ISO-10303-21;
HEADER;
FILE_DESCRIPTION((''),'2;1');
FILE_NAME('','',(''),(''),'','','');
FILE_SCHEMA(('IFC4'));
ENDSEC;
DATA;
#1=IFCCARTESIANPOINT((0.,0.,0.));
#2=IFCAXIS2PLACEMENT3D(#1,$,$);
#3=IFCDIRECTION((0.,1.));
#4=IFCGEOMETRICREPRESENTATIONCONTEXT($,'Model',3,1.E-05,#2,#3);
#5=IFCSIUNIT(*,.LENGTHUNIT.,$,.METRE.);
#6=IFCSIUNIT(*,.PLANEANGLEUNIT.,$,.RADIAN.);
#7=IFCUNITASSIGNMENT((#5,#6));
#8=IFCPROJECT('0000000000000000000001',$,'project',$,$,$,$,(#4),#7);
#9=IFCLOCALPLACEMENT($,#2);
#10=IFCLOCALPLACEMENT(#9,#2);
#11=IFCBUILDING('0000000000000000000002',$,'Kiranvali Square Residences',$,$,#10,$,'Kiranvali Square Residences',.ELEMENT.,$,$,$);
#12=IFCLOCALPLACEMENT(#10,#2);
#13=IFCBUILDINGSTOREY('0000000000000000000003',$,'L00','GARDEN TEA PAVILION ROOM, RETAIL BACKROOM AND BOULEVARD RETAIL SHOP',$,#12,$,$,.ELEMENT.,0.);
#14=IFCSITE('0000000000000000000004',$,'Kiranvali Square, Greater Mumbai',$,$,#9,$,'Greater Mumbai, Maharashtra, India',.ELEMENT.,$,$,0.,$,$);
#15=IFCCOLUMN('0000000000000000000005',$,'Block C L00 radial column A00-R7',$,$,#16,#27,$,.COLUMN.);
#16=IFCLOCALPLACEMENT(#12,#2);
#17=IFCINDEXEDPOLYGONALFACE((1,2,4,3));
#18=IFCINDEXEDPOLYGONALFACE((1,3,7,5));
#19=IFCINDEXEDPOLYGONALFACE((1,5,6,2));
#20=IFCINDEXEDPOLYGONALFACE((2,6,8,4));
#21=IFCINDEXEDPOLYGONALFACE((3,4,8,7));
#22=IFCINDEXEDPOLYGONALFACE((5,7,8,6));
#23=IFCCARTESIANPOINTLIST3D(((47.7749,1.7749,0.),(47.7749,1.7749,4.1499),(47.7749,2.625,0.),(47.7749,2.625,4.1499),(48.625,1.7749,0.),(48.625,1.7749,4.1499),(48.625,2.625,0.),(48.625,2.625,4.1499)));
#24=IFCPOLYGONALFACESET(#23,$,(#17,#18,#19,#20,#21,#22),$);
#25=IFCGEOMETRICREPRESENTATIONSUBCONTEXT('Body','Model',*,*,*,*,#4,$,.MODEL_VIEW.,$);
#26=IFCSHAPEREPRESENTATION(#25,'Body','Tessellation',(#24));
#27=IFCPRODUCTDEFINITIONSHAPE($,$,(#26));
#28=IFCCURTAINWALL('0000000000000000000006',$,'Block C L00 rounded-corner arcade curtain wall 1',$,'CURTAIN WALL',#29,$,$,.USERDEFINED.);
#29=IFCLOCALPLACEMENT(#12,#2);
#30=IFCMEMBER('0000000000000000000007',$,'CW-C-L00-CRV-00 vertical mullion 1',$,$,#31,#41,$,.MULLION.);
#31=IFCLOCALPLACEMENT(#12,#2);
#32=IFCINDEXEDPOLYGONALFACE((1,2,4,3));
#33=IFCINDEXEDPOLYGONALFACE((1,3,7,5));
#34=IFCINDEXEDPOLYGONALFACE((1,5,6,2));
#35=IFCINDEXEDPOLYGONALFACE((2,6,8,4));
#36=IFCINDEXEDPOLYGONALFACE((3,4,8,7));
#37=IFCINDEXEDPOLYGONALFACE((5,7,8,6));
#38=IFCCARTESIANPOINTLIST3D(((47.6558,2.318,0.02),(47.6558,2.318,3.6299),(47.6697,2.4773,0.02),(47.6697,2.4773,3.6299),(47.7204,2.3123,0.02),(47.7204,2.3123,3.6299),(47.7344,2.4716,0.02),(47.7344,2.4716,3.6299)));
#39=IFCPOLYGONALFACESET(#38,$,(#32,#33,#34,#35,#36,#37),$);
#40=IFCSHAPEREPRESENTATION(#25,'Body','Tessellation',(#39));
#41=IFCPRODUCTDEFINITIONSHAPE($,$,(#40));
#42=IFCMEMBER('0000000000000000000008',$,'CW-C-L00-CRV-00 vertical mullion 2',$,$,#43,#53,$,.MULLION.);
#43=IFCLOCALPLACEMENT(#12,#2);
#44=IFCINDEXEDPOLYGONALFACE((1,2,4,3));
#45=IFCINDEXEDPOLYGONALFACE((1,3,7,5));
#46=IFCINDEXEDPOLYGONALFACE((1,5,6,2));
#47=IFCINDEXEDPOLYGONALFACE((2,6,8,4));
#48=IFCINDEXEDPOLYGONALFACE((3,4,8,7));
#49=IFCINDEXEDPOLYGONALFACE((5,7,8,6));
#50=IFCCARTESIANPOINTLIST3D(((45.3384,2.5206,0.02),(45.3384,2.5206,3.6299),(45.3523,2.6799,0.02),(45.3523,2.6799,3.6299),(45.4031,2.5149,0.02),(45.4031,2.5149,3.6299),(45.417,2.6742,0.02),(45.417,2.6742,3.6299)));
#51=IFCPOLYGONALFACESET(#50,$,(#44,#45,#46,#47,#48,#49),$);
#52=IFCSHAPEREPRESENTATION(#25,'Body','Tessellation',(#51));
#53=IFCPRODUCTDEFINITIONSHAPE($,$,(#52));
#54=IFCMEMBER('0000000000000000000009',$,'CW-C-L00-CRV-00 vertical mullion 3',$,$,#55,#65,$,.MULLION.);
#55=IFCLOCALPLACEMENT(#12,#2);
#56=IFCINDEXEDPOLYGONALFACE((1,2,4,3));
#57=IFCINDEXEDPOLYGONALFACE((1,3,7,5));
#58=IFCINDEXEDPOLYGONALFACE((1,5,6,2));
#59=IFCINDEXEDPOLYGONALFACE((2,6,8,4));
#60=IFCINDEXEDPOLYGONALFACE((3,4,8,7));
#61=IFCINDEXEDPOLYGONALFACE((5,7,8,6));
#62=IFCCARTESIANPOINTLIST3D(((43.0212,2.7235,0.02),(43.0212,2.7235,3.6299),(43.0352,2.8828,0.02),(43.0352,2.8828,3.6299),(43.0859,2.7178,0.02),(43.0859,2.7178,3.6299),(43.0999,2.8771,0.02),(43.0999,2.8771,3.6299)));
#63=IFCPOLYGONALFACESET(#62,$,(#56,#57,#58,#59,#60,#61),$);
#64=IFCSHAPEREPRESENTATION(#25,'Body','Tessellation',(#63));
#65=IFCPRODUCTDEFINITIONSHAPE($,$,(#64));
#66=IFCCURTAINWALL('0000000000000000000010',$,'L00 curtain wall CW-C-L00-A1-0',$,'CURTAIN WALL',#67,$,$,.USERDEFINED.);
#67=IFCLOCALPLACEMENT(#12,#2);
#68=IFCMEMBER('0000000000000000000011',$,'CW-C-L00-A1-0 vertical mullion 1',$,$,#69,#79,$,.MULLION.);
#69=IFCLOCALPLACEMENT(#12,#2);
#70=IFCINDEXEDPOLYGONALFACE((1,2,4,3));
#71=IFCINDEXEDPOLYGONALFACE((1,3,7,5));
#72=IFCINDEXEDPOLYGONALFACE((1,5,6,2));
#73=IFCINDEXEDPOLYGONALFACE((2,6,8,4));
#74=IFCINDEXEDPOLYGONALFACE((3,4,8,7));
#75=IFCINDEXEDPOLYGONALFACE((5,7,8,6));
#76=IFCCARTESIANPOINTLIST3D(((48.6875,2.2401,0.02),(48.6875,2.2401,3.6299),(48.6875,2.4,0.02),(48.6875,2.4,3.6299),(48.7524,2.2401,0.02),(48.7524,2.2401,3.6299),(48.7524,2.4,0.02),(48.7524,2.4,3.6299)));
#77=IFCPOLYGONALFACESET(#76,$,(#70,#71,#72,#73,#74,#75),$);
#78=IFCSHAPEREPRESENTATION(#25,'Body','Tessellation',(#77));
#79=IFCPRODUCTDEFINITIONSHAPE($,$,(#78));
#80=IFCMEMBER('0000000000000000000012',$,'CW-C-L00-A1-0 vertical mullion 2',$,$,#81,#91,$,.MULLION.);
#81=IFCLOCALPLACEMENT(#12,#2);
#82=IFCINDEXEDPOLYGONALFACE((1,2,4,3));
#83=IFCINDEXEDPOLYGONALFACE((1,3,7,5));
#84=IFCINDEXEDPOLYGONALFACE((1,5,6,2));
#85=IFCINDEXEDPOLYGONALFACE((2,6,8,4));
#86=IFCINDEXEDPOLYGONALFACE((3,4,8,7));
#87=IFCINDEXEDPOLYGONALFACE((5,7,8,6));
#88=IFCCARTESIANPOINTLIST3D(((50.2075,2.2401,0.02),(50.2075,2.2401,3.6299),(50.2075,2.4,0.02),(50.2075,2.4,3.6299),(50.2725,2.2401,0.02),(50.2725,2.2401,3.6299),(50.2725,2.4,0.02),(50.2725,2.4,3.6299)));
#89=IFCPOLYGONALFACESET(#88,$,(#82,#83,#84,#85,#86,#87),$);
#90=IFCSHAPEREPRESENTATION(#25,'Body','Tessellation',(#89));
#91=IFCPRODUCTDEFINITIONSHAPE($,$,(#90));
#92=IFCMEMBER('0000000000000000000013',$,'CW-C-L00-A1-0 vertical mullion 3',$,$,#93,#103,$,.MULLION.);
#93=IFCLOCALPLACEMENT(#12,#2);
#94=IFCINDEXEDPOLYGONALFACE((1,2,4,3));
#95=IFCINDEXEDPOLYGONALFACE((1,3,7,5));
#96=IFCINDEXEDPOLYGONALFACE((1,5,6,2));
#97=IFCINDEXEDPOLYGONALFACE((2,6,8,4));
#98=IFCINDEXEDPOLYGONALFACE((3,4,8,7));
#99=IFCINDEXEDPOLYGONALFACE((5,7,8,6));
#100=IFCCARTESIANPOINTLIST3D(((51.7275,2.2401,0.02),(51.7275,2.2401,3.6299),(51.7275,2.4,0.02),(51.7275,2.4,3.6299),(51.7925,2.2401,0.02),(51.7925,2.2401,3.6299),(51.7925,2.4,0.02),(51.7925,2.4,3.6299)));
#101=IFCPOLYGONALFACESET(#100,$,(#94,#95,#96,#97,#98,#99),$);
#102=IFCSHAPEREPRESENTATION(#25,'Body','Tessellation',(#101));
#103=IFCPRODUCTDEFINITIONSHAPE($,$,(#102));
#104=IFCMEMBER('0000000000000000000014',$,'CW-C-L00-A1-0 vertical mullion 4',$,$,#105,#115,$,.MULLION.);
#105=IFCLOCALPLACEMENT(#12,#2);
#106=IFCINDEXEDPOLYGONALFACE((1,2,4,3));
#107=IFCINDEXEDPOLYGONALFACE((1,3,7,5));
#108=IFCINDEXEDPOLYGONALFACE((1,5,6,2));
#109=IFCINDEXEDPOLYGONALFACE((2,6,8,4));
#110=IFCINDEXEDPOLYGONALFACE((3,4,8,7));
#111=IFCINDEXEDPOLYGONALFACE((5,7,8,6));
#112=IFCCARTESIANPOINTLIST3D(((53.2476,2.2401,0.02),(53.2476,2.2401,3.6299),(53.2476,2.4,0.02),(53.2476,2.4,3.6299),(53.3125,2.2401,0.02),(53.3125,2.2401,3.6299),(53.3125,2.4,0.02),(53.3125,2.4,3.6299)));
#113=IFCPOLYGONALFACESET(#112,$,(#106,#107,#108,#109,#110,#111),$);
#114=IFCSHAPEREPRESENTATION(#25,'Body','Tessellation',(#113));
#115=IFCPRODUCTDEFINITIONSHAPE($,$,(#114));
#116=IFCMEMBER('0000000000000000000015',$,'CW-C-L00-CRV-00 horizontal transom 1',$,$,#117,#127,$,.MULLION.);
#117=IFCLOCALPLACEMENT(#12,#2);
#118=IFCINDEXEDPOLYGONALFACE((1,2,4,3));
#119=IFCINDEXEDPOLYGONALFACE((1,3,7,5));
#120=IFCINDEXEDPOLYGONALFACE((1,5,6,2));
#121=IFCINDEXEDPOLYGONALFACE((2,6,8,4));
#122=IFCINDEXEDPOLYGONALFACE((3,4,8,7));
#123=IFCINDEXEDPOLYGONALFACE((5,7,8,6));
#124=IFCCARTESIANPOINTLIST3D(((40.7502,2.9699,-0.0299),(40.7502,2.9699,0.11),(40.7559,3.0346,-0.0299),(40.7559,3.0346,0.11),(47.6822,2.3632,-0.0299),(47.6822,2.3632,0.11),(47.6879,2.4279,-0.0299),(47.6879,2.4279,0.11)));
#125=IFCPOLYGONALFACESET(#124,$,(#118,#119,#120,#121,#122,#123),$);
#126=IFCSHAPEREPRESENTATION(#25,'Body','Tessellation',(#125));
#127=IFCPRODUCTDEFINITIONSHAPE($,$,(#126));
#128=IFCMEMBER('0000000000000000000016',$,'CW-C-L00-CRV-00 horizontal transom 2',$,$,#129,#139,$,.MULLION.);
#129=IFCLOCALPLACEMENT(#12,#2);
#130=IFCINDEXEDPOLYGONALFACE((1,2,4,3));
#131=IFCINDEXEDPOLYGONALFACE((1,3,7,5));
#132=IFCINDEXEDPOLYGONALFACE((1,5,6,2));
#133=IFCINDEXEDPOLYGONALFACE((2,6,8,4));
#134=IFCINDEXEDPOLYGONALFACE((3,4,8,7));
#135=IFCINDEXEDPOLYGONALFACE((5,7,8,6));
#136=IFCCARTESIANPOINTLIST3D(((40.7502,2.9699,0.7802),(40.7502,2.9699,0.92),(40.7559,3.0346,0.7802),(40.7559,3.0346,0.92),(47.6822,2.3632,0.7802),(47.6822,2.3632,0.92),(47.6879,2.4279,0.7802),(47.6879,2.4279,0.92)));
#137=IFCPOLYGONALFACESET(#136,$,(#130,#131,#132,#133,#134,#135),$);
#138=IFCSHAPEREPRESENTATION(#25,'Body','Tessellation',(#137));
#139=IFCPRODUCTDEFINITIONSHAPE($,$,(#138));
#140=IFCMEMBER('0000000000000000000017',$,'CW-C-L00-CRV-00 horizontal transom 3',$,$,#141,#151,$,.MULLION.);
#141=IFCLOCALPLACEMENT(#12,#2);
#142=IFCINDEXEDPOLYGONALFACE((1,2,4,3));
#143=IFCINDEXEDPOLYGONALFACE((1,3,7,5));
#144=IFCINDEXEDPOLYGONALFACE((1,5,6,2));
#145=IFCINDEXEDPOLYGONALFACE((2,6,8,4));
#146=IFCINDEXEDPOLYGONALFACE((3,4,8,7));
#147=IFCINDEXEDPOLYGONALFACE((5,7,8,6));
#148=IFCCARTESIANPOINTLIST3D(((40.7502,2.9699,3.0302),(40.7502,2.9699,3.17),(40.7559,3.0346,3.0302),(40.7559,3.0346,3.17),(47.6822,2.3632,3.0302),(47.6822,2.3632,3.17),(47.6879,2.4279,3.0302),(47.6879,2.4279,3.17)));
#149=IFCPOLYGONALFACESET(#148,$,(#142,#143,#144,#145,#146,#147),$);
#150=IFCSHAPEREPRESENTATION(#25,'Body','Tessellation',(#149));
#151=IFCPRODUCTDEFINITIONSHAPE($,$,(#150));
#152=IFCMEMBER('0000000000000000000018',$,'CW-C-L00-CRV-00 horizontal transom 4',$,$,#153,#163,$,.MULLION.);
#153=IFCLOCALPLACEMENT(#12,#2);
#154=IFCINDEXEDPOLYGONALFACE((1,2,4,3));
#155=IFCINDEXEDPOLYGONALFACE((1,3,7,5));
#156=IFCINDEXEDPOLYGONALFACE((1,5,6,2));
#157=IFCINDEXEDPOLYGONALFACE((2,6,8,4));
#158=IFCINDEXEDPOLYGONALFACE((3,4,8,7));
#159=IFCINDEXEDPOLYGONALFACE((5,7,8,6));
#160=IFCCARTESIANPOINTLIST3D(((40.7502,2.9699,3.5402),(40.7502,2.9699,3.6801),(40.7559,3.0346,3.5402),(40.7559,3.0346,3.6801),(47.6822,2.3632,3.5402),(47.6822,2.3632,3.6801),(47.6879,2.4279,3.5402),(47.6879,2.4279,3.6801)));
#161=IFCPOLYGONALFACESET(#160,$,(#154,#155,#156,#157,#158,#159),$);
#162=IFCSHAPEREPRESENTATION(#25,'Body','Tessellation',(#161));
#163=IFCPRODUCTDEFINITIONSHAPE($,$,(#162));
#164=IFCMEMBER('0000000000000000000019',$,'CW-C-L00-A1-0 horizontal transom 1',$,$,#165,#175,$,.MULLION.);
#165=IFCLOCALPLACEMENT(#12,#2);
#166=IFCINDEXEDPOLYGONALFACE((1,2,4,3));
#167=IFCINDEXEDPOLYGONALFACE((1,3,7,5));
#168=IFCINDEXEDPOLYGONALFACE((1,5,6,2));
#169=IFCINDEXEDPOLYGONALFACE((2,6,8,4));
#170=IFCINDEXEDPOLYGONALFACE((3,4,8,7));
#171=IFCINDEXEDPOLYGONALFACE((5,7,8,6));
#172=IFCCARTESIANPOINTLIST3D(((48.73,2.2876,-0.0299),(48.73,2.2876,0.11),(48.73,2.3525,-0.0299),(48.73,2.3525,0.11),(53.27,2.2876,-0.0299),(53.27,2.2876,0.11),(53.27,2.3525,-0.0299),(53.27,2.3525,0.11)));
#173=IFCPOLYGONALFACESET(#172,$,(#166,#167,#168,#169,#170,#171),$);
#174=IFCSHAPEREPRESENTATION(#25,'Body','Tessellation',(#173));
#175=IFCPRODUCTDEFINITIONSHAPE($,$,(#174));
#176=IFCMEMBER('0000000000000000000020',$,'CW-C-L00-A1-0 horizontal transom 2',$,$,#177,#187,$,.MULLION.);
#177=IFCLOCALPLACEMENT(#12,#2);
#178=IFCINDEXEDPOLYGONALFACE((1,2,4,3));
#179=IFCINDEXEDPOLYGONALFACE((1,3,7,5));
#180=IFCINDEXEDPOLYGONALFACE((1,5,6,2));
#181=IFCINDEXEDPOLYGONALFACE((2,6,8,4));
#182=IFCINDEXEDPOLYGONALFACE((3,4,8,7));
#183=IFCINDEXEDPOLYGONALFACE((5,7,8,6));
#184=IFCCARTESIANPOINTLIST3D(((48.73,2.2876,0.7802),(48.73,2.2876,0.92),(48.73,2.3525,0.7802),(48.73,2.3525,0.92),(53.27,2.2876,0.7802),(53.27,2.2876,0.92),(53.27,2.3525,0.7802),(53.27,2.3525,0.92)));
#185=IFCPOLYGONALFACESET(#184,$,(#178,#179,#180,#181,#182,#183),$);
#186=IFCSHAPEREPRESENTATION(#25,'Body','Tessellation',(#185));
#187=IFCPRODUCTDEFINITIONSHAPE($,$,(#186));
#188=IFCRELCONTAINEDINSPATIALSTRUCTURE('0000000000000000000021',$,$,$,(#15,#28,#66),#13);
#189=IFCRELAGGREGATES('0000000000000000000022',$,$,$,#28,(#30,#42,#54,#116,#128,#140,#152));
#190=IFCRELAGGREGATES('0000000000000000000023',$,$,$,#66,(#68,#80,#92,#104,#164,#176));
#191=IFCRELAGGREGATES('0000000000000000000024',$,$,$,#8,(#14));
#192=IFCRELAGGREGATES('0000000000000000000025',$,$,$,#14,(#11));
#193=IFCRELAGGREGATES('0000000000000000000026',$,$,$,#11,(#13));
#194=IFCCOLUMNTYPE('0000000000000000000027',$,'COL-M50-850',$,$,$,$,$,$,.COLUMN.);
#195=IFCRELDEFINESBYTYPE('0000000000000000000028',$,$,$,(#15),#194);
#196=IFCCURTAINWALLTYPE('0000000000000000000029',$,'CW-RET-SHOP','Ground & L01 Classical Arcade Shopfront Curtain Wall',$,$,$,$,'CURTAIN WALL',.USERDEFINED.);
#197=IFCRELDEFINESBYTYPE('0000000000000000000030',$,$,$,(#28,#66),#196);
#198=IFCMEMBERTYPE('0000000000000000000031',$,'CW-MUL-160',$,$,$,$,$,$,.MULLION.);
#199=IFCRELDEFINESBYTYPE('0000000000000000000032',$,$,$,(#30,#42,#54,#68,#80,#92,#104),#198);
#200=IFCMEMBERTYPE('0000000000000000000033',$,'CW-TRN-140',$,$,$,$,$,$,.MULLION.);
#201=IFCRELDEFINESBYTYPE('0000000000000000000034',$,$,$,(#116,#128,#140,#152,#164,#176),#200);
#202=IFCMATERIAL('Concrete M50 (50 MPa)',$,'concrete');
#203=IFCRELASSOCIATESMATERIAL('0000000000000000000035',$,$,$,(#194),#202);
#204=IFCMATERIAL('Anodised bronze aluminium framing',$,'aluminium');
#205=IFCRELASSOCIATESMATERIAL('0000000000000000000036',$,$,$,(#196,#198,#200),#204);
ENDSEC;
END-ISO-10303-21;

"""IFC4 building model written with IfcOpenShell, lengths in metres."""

from ifc_helpers import new_model, si_unit, direction, frame, origin, origin_2d, place, context, subcontext, project, spatial, rectangle, extrude, material, material_profile, profile_set, type_object, element, aggregate, save


model = new_model("IFC4")

# Units and contexts
model_context = context("Model", 3, precision=1e-05, world=origin(), true_north=direction((0.0, 1.0)))
body_context = subcontext(model_context, "Body", "Model", "MODEL_VIEW")
ifc_project = project(units=[si_unit("LENGTHUNIT", "METRE"), si_unit("PLANEANGLEUNIT", "RADIAN")], contexts=[model_context])

# Site, building, storey
site_placement = place(None, origin())
site = spatial("IfcSite", under=ifc_project, at=site_placement, Name="Kiranvali Square, Greater Mumbai", LongName="Greater Mumbai, Maharashtra, India", CompositionType="ELEMENT", RefElevation=0.0)
building_placement = place(site_placement, origin())
building = spatial("IfcBuilding", under=site, at=building_placement, Name="Kiranvali Square Residences", LongName="Kiranvali Square Residences", CompositionType="ELEMENT")
storey_placement = place(building_placement, origin())
storey = spatial("IfcBuildingStorey", under=building, at=storey_placement, Name="L00", Description="GARDEN TEA PAVILION ROOM, RETAIL BACKROOM AND BOULEVARD RETAIL SHOP", CompositionType="ELEMENT", Elevation=0.0)

# Column
ifc_material_1 = material(Name="Concrete M50 (50 MPa)", Category="concrete")
ifc_material_profile_1 = material_profile(ifc_material_1, rectangle(XDim=0.8501, YDim=0.8501, at=origin_2d()), Name="RC 850x850")
ifc_profile_set_1 = profile_set([ifc_material_profile_1], Name="Concrete M50 (50 MPa)")
column_type = type_object("IfcColumnType", Name="COL-M50-850", PredefinedType="COLUMN", material=ifc_profile_set_1)
column_placement = place(storey_placement, frame((48.2, 2.2, 0.0), z_axis=(0.0, 0.0, 1.0), x_axis=(1.0, 0.0, 0.0)))
element("IfcColumn", 1, at=column_placement, inside=storey, type_object=column_type, Name="Block C L00 radial column A00-R7", PredefinedType="COLUMN", context=body_context, shape_type="SweptSolid", body=[
    extrude(rectangle(XDim=0.8501, YDim=0.8501, at=origin_2d()), origin(), (0.0, 0.0, 1.0), 4.1499),
])

# Curtain walls, members
ifc_material_2 = material(Name="Anodised bronze aluminium framing", Category="aluminium")
curtain_wall_type = type_object("IfcCurtainWallType", Name="CW-RET-SHOP", Description="Ground & L01 Classical Arcade Shopfront Curtain Wall", ElementType="CURTAIN WALL", PredefinedType="USERDEFINED", material=ifc_material_2)
curtain_wall_1_placement = place(storey_placement, origin())
curtain_wall_1 = element("IfcCurtainWall", 2, at=curtain_wall_1_placement, inside=storey, type_object=curtain_wall_type, Name="Block C L00 rounded-corner arcade curtain wall 1", ObjectType="CURTAIN WALL", PredefinedType="USERDEFINED")
ifc_material_profile_2 = material_profile(ifc_material_2, rectangle(XDim=0.0649, YDim=0.1599, at=origin_2d()), Name="ALU 65x160")
ifc_profile_set_2 = profile_set([ifc_material_profile_2], Name="Anodised bronze aluminium framing")
member_type_1 = type_object("IfcMemberType", Name="CW-MUL-160", PredefinedType="MULLION", material=ifc_profile_set_2)
member_1_placement = place(storey_placement, frame((47.6951, 2.3948, 0.02), z_axis=(0.0, 0.0, 1.0), x_axis=(-0.996195, 0.087156, 0.0)))
member_1 = element("IfcMember", 3, at=member_1_placement, type_object=member_type_1, Name="CW-C-L00-CRV-00 vertical mullion 1", PredefinedType="MULLION", context=body_context, shape_type="SweptSolid", body=[
    extrude(rectangle(XDim=0.0649, YDim=0.1599, at=origin_2d()), origin(), (0.0, 0.0, 1.0), 3.6099),
])
member_2_placement = place(storey_placement, frame((45.3777, 2.5974, 0.02), z_axis=(0.0, 0.0, 1.0), x_axis=(-0.996195, 0.087156, 0.0)))
member_2 = element("IfcMember", 4, at=member_2_placement, type_object=member_type_1, Name="CW-C-L00-CRV-00 vertical mullion 2", PredefinedType="MULLION", context=body_context, shape_type="SweptSolid", body=[
    extrude(rectangle(XDim=0.0649, YDim=0.1599, at=origin_2d()), origin(), (0.0, 0.0, 1.0), 3.6099),
])
member_3_placement = place(storey_placement, frame((43.0605, 2.8003, 0.02), z_axis=(0.0, 0.0, 1.0), x_axis=(-0.996195, 0.087156, 0.0)))
member_3 = element("IfcMember", 5, at=member_3_placement, type_object=member_type_1, Name="CW-C-L00-CRV-00 vertical mullion 3", PredefinedType="MULLION", context=body_context, shape_type="SweptSolid", body=[
    extrude(rectangle(XDim=0.0649, YDim=0.1599, at=origin_2d()), origin(), (0.0, 0.0, 1.0), 3.6099),
])
curtain_wall_2_placement = place(storey_placement, origin())
curtain_wall_2 = element("IfcCurtainWall", 6, at=curtain_wall_2_placement, inside=storey, type_object=curtain_wall_type, Name="L00 curtain wall CW-C-L00-A1-0", ObjectType="CURTAIN WALL", PredefinedType="USERDEFINED")
member_4_placement = place(storey_placement, frame((48.72, 2.3201, 0.02), z_axis=(0.0, 0.0, 1.0), x_axis=(1.0, 0.0, 0.0)))
member_4 = element("IfcMember", 7, at=member_4_placement, type_object=member_type_1, Name="CW-C-L00-A1-0 vertical mullion 1", PredefinedType="MULLION", context=body_context, shape_type="SweptSolid", body=[
    extrude(rectangle(XDim=0.0649, YDim=0.1599, at=origin_2d()), origin(), (0.0, 0.0, 1.0), 3.6099),
])
member_5_placement = place(storey_placement, frame((50.24, 2.3201, 0.02), z_axis=(0.0, 0.0, 1.0), x_axis=(1.0, 0.0, 0.0)))
member_5 = element("IfcMember", 8, at=member_5_placement, type_object=member_type_1, Name="CW-C-L00-A1-0 vertical mullion 2", PredefinedType="MULLION", context=body_context, shape_type="SweptSolid", body=[
    extrude(rectangle(XDim=0.0649, YDim=0.1599, at=origin_2d()), origin(), (0.0, 0.0, 1.0), 3.6099),
])
member_6_placement = place(storey_placement, frame((51.76, 2.3201, 0.02), z_axis=(0.0, 0.0, 1.0), x_axis=(1.0, 0.0, 0.0)))
member_6 = element("IfcMember", 9, at=member_6_placement, type_object=member_type_1, Name="CW-C-L00-A1-0 vertical mullion 3", PredefinedType="MULLION", context=body_context, shape_type="SweptSolid", body=[
    extrude(rectangle(XDim=0.0649, YDim=0.1599, at=origin_2d()), origin(), (0.0, 0.0, 1.0), 3.6099),
])
member_7_placement = place(storey_placement, frame((53.28, 2.3201, 0.02), z_axis=(0.0, 0.0, 1.0), x_axis=(1.0, 0.0, 0.0)))
member_7 = element("IfcMember", 10, at=member_7_placement, type_object=member_type_1, Name="CW-C-L00-A1-0 vertical mullion 4", PredefinedType="MULLION", context=body_context, shape_type="SweptSolid", body=[
    extrude(rectangle(XDim=0.0649, YDim=0.1599, at=origin_2d()), origin(), (0.0, 0.0, 1.0), 3.6099),
])

# Members
ifc_material_profile_3 = material_profile(ifc_material_2, rectangle(XDim=0.0649, YDim=0.1399, at=origin_2d()), Name="ALU 65x140")
ifc_profile_set_3 = profile_set([ifc_material_profile_3], Name="Anodised bronze aluminium framing")
member_type_2 = type_object("IfcMemberType", Name="CW-TRN-140", PredefinedType="MULLION", material=ifc_profile_set_3)
member_8_placement = place(storey_placement, frame((47.6851, 2.3955, 0.04), z_axis=(-0.996192, 0.087188, 0.0), x_axis=(-0.087188, -0.996192, 0.0)))
member_8 = element("IfcMember", 11, at=member_8_placement, type_object=member_type_2, Name="CW-C-L00-CRV-00 horizontal transom 1", PredefinedType="MULLION", context=body_context, shape_type="SweptSolid", body=[
    extrude(rectangle(XDim=0.0649, YDim=0.1399, at=origin_2d()), origin(), (0.0, 0.0, 1.0), 6.9585),
])
member_9_placement = place(storey_placement, frame((47.6851, 2.3955, 0.8501), z_axis=(-0.996192, 0.087188, 0.0), x_axis=(-0.087188, -0.996192, 0.0)))
member_9 = element("IfcMember", 12, at=member_9_placement, type_object=member_type_2, Name="CW-C-L00-CRV-00 horizontal transom 2", PredefinedType="MULLION", context=body_context, shape_type="SweptSolid", body=[
    extrude(rectangle(XDim=0.0649, YDim=0.1399, at=origin_2d()), origin(), (0.0, 0.0, 1.0), 6.9585),
])
member_10_placement = place(storey_placement, frame((47.6851, 2.3955, 3.1001), z_axis=(-0.996192, 0.087188, 0.0), x_axis=(-0.087188, -0.996192, 0.0)))
member_10 = element("IfcMember", 13, at=member_10_placement, type_object=member_type_2, Name="CW-C-L00-CRV-00 horizontal transom 3", PredefinedType="MULLION", context=body_context, shape_type="SweptSolid", body=[
    extrude(rectangle(XDim=0.0649, YDim=0.1399, at=origin_2d()), origin(), (0.0, 0.0, 1.0), 6.9585),
])
member_11_placement = place(storey_placement, frame((47.6851, 2.3955, 3.6101), z_axis=(-0.996192, 0.087188, 0.0), x_axis=(-0.087188, -0.996192, 0.0)))
member_11 = element("IfcMember", 14, at=member_11_placement, type_object=member_type_2, Name="CW-C-L00-CRV-00 horizontal transom 4", PredefinedType="MULLION", context=body_context, shape_type="SweptSolid", body=[
    extrude(rectangle(XDim=0.0649, YDim=0.1399, at=origin_2d()), origin(), (0.0, 0.0, 1.0), 6.9585),
])
member_12_placement = place(storey_placement, frame((48.73, 2.3201, 0.04), z_axis=(1.0, 0.0, 0.0), x_axis=(0.0, 1.0, 0.0)))
member_12 = element("IfcMember", 15, at=member_12_placement, type_object=member_type_2, Name="CW-C-L00-A1-0 horizontal transom 1", PredefinedType="MULLION", context=body_context, shape_type="SweptSolid", body=[
    extrude(rectangle(XDim=0.0649, YDim=0.1399, at=origin_2d()), origin(), (0.0, 0.0, 1.0), 4.54),
])
member_13_placement = place(storey_placement, frame((48.73, 2.3201, 0.8501), z_axis=(1.0, 0.0, 0.0), x_axis=(0.0, 1.0, 0.0)))
member_13 = element("IfcMember", 16, at=member_13_placement, type_object=member_type_2, Name="CW-C-L00-A1-0 horizontal transom 2", PredefinedType="MULLION", context=body_context, shape_type="SweptSolid", body=[
    extrude(rectangle(XDim=0.0649, YDim=0.1399, at=origin_2d()), origin(), (0.0, 0.0, 1.0), 4.54),
])

aggregate(curtain_wall_1, [member_1, member_2, member_3, member_8, member_9, member_10, member_11])
aggregate(curtain_wall_2, [member_4, member_5, member_6, member_7, member_12, member_13])

save(model, "model.ifc")
